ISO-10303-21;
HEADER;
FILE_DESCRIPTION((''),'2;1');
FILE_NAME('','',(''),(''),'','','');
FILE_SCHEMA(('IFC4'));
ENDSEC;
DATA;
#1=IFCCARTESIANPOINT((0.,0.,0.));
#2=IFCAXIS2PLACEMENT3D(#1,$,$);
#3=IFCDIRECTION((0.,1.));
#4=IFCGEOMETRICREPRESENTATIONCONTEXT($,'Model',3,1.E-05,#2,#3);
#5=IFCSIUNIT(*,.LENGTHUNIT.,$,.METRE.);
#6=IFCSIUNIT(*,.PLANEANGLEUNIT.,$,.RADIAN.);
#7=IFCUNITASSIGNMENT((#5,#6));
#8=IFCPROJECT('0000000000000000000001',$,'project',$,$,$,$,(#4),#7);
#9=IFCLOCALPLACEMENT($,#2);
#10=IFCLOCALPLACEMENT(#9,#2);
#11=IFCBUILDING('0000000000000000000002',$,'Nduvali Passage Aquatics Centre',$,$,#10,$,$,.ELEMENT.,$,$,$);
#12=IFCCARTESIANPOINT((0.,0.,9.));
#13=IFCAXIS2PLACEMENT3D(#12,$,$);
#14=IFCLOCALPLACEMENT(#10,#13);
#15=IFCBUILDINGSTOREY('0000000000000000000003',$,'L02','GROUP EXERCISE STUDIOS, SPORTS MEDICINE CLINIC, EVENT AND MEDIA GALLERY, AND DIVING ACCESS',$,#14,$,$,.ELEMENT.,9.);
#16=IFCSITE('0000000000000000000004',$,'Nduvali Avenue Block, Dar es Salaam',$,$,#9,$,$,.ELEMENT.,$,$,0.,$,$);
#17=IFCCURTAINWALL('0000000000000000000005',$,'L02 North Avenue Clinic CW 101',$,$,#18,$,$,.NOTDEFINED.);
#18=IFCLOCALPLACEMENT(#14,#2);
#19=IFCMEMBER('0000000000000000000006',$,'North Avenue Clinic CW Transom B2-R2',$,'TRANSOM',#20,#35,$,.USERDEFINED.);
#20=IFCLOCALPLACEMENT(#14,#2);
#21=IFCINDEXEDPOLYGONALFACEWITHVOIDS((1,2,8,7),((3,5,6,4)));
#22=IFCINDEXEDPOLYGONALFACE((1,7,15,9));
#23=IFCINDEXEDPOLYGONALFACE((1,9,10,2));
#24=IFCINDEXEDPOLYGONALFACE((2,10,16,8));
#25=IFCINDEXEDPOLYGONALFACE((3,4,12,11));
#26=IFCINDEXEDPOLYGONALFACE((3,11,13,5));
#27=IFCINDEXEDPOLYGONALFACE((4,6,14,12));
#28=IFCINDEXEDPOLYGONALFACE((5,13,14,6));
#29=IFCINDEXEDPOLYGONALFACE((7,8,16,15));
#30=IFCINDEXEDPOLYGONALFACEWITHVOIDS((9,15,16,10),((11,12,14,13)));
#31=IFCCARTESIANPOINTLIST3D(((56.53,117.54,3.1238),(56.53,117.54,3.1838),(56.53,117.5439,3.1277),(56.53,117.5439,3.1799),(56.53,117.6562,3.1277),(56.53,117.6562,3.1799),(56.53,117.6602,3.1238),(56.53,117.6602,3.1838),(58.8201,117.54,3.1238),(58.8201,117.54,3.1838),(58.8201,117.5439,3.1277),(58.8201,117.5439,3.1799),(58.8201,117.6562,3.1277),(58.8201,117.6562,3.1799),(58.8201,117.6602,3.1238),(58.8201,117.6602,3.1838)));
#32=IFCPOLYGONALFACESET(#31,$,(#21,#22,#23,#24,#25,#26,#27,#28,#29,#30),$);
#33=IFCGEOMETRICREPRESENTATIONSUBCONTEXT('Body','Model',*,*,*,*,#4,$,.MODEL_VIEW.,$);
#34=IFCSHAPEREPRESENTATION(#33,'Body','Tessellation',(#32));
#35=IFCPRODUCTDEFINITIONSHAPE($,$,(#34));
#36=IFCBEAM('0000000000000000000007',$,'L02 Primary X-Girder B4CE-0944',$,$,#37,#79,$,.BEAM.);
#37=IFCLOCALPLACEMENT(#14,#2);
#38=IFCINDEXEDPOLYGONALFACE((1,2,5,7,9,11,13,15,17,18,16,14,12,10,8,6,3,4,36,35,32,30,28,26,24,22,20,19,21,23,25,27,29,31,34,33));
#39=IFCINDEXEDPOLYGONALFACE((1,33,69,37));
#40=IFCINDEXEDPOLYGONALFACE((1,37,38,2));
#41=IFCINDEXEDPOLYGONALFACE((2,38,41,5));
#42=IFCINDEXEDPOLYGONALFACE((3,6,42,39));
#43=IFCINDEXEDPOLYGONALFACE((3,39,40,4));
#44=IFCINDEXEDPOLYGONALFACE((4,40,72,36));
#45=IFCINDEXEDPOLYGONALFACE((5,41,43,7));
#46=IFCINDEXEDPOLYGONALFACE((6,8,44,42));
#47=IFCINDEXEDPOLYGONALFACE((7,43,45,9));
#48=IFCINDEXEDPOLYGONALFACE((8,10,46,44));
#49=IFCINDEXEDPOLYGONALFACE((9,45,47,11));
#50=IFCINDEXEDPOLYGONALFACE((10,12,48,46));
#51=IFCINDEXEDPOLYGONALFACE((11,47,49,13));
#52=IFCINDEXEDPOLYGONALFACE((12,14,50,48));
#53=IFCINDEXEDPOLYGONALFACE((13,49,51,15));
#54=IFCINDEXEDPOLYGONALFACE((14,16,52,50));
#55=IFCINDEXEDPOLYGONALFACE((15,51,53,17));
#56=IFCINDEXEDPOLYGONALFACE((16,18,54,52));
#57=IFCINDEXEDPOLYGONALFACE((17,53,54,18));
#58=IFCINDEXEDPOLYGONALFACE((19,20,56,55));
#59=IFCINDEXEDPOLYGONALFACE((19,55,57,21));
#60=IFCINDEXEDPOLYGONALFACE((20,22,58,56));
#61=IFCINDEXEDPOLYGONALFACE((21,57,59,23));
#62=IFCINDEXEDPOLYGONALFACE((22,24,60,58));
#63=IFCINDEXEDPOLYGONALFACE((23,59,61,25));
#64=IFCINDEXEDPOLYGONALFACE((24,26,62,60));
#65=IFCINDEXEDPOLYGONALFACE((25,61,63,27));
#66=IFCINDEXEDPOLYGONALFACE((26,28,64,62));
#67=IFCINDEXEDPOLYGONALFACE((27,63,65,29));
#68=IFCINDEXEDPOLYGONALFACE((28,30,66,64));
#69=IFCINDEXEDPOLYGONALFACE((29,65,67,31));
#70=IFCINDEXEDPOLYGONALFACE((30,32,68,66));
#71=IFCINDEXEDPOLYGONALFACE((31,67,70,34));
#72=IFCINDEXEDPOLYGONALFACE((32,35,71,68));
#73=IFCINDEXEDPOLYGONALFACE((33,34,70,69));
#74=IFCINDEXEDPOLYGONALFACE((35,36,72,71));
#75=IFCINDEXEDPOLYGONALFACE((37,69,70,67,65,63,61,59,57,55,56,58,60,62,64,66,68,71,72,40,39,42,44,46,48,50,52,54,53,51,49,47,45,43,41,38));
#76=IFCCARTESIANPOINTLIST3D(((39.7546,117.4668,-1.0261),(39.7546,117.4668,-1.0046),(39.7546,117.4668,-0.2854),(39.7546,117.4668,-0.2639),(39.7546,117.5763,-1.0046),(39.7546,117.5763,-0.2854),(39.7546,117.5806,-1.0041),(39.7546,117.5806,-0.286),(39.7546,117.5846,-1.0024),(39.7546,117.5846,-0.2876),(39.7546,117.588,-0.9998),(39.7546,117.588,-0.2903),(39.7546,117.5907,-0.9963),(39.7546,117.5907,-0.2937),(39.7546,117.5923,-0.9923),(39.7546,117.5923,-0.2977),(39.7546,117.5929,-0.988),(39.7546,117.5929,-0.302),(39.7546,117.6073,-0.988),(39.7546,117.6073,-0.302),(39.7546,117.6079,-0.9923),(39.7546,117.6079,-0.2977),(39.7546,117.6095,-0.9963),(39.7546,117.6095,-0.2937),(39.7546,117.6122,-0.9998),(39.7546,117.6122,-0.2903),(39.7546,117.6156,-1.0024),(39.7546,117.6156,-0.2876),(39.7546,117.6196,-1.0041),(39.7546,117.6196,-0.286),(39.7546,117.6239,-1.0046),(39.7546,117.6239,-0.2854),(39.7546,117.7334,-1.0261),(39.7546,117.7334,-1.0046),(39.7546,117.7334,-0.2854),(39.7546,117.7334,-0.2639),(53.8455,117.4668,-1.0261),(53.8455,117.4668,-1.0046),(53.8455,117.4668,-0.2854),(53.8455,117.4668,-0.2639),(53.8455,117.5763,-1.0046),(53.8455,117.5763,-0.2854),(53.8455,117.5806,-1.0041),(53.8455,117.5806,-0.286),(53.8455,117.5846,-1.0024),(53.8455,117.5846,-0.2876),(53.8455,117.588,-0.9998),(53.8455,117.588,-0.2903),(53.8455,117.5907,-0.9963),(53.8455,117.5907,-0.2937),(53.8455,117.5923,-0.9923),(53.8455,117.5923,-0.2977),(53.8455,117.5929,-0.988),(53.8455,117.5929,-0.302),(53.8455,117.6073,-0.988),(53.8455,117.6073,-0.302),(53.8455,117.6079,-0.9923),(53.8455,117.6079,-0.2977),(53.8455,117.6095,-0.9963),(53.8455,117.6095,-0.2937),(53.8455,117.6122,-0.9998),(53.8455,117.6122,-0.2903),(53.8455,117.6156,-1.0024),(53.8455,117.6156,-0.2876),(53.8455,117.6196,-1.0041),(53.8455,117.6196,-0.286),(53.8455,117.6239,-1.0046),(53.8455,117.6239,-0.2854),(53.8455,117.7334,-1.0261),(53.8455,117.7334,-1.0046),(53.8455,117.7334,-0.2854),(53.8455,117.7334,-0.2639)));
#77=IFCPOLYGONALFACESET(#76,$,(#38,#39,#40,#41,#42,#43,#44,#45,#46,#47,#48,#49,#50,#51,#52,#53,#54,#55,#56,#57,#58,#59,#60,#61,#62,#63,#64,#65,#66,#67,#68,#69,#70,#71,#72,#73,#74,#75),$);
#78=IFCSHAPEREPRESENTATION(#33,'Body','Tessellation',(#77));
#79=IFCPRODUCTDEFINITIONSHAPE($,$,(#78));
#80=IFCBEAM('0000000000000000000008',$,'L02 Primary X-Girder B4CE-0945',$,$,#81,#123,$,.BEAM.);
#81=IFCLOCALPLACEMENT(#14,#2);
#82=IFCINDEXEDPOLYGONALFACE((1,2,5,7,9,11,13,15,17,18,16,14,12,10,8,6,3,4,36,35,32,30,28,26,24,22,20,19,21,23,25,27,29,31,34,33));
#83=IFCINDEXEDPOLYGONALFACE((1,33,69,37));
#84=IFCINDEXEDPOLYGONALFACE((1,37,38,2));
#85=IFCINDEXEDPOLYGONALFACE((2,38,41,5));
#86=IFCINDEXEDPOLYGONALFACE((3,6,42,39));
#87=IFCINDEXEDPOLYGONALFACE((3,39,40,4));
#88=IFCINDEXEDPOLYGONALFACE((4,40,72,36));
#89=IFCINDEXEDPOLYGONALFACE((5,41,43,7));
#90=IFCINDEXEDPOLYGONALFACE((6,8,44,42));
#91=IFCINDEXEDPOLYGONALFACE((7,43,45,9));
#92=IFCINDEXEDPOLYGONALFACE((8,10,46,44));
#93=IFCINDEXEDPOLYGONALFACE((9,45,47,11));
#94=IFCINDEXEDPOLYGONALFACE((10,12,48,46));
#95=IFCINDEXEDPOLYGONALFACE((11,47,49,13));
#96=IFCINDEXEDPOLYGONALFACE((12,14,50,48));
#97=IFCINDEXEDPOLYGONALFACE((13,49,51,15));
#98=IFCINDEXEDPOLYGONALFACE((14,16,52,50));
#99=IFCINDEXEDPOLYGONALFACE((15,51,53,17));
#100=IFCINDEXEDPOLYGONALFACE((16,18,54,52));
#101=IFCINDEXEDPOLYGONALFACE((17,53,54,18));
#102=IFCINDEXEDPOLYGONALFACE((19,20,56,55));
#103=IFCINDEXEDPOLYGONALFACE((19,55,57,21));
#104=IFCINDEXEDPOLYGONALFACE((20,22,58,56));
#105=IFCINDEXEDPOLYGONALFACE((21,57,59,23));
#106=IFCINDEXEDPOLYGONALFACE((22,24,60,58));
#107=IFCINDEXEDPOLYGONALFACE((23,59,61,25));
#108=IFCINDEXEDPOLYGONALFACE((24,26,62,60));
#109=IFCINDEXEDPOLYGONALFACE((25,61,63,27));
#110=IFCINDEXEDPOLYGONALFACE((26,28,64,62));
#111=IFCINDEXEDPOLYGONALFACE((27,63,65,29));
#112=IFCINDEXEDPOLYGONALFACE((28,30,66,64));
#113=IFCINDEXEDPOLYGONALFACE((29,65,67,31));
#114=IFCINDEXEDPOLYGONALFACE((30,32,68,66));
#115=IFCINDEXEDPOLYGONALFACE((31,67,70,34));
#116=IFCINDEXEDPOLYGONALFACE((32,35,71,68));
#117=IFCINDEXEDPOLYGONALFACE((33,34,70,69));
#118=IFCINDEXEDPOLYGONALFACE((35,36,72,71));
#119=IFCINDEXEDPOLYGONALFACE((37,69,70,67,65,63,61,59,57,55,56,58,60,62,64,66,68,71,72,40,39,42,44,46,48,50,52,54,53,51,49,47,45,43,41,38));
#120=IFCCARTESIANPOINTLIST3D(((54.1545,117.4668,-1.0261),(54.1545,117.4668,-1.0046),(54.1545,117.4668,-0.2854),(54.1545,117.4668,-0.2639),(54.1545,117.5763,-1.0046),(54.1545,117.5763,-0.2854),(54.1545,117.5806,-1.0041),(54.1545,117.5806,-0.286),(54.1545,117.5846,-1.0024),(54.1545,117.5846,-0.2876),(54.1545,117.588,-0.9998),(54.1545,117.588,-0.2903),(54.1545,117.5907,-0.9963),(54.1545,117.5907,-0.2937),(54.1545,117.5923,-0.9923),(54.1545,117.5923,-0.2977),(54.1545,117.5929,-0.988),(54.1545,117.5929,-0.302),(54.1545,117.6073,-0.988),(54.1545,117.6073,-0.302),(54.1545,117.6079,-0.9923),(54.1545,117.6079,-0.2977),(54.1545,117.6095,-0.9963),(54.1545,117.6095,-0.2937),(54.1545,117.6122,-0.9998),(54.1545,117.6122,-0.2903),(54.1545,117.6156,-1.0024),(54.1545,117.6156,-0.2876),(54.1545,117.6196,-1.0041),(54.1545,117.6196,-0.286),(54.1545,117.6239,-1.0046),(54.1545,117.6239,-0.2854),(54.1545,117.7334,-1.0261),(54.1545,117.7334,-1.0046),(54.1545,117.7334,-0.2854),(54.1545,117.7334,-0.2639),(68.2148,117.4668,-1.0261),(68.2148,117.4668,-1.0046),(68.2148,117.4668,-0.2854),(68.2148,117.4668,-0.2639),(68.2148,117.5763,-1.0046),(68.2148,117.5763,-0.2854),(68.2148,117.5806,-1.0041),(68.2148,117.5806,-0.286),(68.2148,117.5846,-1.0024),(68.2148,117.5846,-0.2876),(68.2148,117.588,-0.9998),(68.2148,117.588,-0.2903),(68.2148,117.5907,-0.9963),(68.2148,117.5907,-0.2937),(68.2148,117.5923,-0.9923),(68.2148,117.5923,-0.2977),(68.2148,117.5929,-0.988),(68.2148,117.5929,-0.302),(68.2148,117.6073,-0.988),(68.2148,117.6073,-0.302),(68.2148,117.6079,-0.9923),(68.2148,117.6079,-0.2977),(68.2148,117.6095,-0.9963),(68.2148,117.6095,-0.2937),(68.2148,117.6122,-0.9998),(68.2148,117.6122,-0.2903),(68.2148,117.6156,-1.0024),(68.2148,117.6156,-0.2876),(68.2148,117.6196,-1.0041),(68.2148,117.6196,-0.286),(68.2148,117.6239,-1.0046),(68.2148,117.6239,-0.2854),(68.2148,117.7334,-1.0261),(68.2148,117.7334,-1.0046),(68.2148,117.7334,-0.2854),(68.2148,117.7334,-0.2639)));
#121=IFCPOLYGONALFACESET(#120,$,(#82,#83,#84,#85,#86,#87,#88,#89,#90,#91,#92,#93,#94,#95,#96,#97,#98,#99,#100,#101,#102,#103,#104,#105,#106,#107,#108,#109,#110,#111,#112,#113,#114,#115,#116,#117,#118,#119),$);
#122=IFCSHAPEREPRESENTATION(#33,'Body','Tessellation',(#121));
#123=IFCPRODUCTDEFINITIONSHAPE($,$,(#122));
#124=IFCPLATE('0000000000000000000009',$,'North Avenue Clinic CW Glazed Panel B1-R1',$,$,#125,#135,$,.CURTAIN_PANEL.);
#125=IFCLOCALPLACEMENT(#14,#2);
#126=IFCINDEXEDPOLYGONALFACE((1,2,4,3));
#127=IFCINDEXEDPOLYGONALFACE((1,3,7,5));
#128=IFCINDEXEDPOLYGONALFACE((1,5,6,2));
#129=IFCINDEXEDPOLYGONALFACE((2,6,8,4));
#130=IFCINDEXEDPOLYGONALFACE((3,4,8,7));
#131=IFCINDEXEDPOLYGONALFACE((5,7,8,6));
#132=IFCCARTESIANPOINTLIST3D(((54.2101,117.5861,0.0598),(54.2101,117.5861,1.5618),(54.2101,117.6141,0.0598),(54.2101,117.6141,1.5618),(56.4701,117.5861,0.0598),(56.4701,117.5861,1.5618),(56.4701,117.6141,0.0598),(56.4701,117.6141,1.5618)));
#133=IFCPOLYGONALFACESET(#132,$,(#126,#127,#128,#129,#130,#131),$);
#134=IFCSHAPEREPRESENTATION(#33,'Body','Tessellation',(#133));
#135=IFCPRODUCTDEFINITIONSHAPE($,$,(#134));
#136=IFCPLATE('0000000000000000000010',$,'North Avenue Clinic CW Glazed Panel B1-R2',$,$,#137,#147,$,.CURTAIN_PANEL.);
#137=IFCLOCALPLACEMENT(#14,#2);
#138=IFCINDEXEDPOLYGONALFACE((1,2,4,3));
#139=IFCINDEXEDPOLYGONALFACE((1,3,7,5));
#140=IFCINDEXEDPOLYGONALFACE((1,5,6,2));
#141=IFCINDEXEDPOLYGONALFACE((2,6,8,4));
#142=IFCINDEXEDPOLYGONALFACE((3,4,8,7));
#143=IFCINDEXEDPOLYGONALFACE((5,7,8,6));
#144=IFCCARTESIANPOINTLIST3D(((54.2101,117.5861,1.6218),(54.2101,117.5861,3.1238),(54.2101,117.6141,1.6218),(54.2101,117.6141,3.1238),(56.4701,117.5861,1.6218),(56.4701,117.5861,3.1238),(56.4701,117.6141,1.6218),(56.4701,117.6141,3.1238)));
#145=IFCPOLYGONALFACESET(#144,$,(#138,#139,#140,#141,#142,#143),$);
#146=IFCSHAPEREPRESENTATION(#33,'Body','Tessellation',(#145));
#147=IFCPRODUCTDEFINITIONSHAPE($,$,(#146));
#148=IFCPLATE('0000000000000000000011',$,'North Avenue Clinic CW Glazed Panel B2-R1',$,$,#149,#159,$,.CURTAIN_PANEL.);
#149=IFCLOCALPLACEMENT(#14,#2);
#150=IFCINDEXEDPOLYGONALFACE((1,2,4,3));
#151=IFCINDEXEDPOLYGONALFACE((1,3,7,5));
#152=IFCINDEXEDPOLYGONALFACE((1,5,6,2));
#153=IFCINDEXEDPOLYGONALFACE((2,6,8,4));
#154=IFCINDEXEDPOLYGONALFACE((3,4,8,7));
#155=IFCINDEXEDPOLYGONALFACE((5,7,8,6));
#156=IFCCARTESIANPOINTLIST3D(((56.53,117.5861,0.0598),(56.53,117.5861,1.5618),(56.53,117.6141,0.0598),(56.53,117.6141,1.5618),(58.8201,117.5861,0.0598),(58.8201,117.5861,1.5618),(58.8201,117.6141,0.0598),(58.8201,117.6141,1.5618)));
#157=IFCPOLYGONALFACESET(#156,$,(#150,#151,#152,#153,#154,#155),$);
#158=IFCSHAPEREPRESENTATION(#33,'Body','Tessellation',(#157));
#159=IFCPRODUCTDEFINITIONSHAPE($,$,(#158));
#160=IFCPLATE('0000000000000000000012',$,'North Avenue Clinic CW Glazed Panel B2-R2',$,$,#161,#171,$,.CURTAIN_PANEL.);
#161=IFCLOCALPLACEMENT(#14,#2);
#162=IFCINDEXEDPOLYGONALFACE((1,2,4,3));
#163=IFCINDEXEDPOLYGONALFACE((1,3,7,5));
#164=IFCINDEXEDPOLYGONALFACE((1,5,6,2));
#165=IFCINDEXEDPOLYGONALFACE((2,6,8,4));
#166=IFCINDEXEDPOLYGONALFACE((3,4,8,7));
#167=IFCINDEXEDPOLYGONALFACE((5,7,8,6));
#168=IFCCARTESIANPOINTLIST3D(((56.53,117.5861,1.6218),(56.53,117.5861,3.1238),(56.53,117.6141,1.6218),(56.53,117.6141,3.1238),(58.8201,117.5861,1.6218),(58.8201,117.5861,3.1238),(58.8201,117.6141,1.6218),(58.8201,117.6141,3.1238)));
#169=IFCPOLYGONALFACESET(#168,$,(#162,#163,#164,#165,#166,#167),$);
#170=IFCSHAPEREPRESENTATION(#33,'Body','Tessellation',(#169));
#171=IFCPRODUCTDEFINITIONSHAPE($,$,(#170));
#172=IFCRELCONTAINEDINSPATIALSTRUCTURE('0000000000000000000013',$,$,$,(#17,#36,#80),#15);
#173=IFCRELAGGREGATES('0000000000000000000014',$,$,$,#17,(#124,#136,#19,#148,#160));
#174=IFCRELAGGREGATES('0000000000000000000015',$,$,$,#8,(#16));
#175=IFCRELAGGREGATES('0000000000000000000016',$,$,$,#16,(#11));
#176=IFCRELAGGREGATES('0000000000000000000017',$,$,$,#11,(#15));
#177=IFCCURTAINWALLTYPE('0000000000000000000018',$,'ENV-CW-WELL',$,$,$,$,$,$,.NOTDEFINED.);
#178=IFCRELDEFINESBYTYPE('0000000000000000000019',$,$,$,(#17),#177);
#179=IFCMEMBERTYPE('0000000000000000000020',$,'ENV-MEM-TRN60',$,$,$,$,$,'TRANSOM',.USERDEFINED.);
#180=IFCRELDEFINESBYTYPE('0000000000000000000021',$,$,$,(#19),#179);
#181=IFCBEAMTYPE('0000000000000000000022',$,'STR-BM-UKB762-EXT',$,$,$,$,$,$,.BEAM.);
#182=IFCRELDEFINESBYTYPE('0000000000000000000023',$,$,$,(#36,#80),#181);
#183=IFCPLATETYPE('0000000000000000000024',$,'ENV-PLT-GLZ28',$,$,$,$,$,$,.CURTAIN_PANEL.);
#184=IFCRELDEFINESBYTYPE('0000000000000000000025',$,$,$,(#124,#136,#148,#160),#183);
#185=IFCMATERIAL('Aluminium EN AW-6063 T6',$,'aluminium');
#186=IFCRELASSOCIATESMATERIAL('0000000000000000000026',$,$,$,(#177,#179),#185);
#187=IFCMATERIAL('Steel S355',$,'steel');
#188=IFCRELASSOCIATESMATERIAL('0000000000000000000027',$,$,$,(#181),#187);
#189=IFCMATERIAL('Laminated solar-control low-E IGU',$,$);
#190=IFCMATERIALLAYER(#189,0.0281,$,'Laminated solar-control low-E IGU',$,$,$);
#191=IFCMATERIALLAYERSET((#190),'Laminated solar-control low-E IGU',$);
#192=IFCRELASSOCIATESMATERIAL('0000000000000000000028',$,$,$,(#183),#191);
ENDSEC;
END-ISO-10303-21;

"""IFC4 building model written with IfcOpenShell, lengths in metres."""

from ifc_helpers import new_model, si_unit, direction, frame, origin, origin_2d, place, context, subcontext, project, spatial, rectangle, hollow_rectangle, i_section, extrude, material, layer, layer_set, material_profile, profile_set, type_object, element, aggregate, save


model = new_model("IFC4")

# Units and contexts
model_context = context("Model", 3, precision=1e-05, world=origin(), true_north=direction((0.0, 1.0)))
body_context = subcontext(model_context, "Body", "Model", "MODEL_VIEW")
ifc_project = project(units=[si_unit("LENGTHUNIT", "METRE"), si_unit("PLANEANGLEUNIT", "RADIAN")], contexts=[model_context])

# Site, building, storey
site_placement = place(None, origin())
site = spatial("IfcSite", under=ifc_project, at=site_placement, Name="Nduvali Avenue Block, Dar es Salaam", CompositionType="ELEMENT", RefElevation=0.0)
building_placement = place(site_placement, origin())
building = spatial("IfcBuilding", under=site, at=building_placement, Name="Nduvali Passage Aquatics Centre", CompositionType="ELEMENT")
storey_placement = place(building_placement, frame((0.0, 0.0, 9.0)))
storey = spatial("IfcBuildingStorey", under=building, at=storey_placement, Name="L02", Description="GROUP EXERCISE STUDIOS, SPORTS MEDICINE CLINIC, EVENT AND MEDIA GALLERY, AND DIVING ACCESS", CompositionType="ELEMENT", Elevation=9.0)

# Shared definitions
ifc_material_1 = material(Name="Steel S355", Category="steel")

# Curtain wall, member
ifc_material_2 = material(Name="Aluminium EN AW-6063 T6", Category="aluminium")
curtain_wall_type = type_object("IfcCurtainWallType", Name="ENV-CW-WELL", PredefinedType="NOTDEFINED", material=ifc_material_2)
curtain_wall_placement = place(storey_placement, origin())
curtain_wall = element("IfcCurtainWall", 1, at=curtain_wall_placement, inside=storey, type_object=curtain_wall_type, Name="L02 North Avenue Clinic CW 101", PredefinedType="NOTDEFINED")
ifc_material_profile_1 = material_profile(ifc_material_2, hollow_rectangle(XDim=0.1201, YDim=0.0601, WallThickness=0.0039, at=origin_2d()), Name="ALU TRANSOM 120x60x4")
ifc_profile_set_1 = profile_set([ifc_material_profile_1], Name="Aluminium EN AW-6063 T6")
member_type_1 = type_object("IfcMemberType", Name="ENV-MEM-TRN60", ElementType="TRANSOM", PredefinedType="USERDEFINED", material=ifc_profile_set_1)
member_1_placement = place(storey_placement, frame((56.53, 117.6001, 3.1538), z_axis=(1.0, 0.0, 0.0), x_axis=(0.0, 1.0, 0.0)))
member_1 = element("IfcMember", 2, at=member_1_placement, type_object=member_type_1, Name="North Avenue Clinic CW Transom B2-R2", ObjectType="TRANSOM", PredefinedType="USERDEFINED", context=body_context, shape_type="SweptSolid", body=[
    extrude(hollow_rectangle(XDim=0.1201, YDim=0.0601, WallThickness=0.0039, at=origin_2d()), origin(), (0.0, 0.0, 1.0), 2.29),
])

# Beams
ifc_material_profile_2 = material_profile(ifc_material_1, i_section(OverallWidth=0.2666, OverallDepth=0.7622, WebThickness=0.0144, FlangeThickness=0.0215, FilletRadius=0.0166, at=origin_2d()), Name="UKB 762x267x173")
ifc_profile_set_2 = profile_set([ifc_material_profile_2], Name="Steel S355")
beam_type = type_object("IfcBeamType", Name="STR-BM-UKB762-EXT", PredefinedType="BEAM", material=ifc_profile_set_2)
beam_1_placement = place(storey_placement, frame((39.7546, 117.6001, -0.645), z_axis=(1.0, 0.0, 0.0), x_axis=(0.0, 1.0, 0.0)))
element("IfcBeam", 3, at=beam_1_placement, inside=storey, type_object=beam_type, Name="L02 Primary X-Girder B4CE-0944", PredefinedType="BEAM", context=body_context, shape_type="SweptSolid", body=[
    extrude(i_section(OverallWidth=0.2666, OverallDepth=0.7622, WebThickness=0.0144, FlangeThickness=0.0215, FilletRadius=0.0166, at=origin_2d()), origin(), (0.0, 0.0, 1.0), 14.0908),
])
beam_2_placement = place(storey_placement, frame((54.1545, 117.6001, -0.645), z_axis=(1.0, 0.0, 0.0), x_axis=(0.0, 1.0, 0.0)))
element("IfcBeam", 4, at=beam_2_placement, inside=storey, type_object=beam_type, Name="L02 Primary X-Girder B4CE-0945", PredefinedType="BEAM", context=body_context, shape_type="SweptSolid", body=[
    extrude(i_section(OverallWidth=0.2666, OverallDepth=0.7622, WebThickness=0.0144, FlangeThickness=0.0215, FilletRadius=0.0166, at=origin_2d()), origin(), (0.0, 0.0, 1.0), 14.0603),
])

# Plates
ifc_material_3 = material(Name="Laminated solar-control low-E IGU")
ifc_layer_1 = layer(ifc_material_3, 0.0281, Name="Laminated solar-control low-E IGU")
ifc_layer_set_1 = layer_set([ifc_layer_1], Name="Laminated solar-control low-E IGU")
plate_type = type_object("IfcPlateType", Name="ENV-PLT-GLZ28", PredefinedType="CURTAIN_PANEL", material=ifc_layer_set_1)
plate_1_placement = place(storey_placement, frame((55.3401, 117.6001, 0.0598), z_axis=(0.0, 0.0, 1.0), x_axis=(1.0, 0.0, 0.0)))
plate_1 = element("IfcPlate", 5, at=plate_1_placement, type_object=plate_type, Name="North Avenue Clinic CW Glazed Panel B1-R1", PredefinedType="CURTAIN_PANEL", context=body_context, shape_type="SweptSolid", body=[
    extrude(rectangle(XDim=2.26, YDim=0.0281, at=origin_2d()), origin(), (0.0, 0.0, 1.0), 1.502),
])
plate_2_placement = place(storey_placement, frame((55.3401, 117.6001, 1.6218), z_axis=(0.0, 0.0, 1.0), x_axis=(1.0, 0.0, 0.0)))
plate_2 = element("IfcPlate", 6, at=plate_2_placement, type_object=plate_type, Name="North Avenue Clinic CW Glazed Panel B1-R2", PredefinedType="CURTAIN_PANEL", context=body_context, shape_type="SweptSolid", body=[
    extrude(rectangle(XDim=2.26, YDim=0.0281, at=origin_2d()), origin(), (0.0, 0.0, 1.0), 1.502),
])
plate_3_placement = place(storey_placement, frame((57.675, 117.6001, 0.0598), z_axis=(0.0, 0.0, 1.0), x_axis=(1.0, 0.0, 0.0)))
plate_3 = element("IfcPlate", 7, at=plate_3_placement, type_object=plate_type, Name="North Avenue Clinic CW Glazed Panel B2-R1", PredefinedType="CURTAIN_PANEL", context=body_context, shape_type="SweptSolid", body=[
    extrude(rectangle(XDim=2.29, YDim=0.0281, at=origin_2d()), origin(), (0.0, 0.0, 1.0), 1.502),
])
plate_4_placement = place(storey_placement, frame((57.675, 117.6001, 1.6218), z_axis=(0.0, 0.0, 1.0), x_axis=(1.0, 0.0, 0.0)))
plate_4 = element("IfcPlate", 8, at=plate_4_placement, type_object=plate_type, Name="North Avenue Clinic CW Glazed Panel B2-R2", PredefinedType="CURTAIN_PANEL", context=body_context, shape_type="SweptSolid", body=[
    extrude(rectangle(XDim=2.29, YDim=0.0281, at=origin_2d()), origin(), (0.0, 0.0, 1.0), 1.502),
])
aggregate(curtain_wall, [plate_1, plate_2, member_1, plate_3, plate_4])

save(model, "model.ifc")
